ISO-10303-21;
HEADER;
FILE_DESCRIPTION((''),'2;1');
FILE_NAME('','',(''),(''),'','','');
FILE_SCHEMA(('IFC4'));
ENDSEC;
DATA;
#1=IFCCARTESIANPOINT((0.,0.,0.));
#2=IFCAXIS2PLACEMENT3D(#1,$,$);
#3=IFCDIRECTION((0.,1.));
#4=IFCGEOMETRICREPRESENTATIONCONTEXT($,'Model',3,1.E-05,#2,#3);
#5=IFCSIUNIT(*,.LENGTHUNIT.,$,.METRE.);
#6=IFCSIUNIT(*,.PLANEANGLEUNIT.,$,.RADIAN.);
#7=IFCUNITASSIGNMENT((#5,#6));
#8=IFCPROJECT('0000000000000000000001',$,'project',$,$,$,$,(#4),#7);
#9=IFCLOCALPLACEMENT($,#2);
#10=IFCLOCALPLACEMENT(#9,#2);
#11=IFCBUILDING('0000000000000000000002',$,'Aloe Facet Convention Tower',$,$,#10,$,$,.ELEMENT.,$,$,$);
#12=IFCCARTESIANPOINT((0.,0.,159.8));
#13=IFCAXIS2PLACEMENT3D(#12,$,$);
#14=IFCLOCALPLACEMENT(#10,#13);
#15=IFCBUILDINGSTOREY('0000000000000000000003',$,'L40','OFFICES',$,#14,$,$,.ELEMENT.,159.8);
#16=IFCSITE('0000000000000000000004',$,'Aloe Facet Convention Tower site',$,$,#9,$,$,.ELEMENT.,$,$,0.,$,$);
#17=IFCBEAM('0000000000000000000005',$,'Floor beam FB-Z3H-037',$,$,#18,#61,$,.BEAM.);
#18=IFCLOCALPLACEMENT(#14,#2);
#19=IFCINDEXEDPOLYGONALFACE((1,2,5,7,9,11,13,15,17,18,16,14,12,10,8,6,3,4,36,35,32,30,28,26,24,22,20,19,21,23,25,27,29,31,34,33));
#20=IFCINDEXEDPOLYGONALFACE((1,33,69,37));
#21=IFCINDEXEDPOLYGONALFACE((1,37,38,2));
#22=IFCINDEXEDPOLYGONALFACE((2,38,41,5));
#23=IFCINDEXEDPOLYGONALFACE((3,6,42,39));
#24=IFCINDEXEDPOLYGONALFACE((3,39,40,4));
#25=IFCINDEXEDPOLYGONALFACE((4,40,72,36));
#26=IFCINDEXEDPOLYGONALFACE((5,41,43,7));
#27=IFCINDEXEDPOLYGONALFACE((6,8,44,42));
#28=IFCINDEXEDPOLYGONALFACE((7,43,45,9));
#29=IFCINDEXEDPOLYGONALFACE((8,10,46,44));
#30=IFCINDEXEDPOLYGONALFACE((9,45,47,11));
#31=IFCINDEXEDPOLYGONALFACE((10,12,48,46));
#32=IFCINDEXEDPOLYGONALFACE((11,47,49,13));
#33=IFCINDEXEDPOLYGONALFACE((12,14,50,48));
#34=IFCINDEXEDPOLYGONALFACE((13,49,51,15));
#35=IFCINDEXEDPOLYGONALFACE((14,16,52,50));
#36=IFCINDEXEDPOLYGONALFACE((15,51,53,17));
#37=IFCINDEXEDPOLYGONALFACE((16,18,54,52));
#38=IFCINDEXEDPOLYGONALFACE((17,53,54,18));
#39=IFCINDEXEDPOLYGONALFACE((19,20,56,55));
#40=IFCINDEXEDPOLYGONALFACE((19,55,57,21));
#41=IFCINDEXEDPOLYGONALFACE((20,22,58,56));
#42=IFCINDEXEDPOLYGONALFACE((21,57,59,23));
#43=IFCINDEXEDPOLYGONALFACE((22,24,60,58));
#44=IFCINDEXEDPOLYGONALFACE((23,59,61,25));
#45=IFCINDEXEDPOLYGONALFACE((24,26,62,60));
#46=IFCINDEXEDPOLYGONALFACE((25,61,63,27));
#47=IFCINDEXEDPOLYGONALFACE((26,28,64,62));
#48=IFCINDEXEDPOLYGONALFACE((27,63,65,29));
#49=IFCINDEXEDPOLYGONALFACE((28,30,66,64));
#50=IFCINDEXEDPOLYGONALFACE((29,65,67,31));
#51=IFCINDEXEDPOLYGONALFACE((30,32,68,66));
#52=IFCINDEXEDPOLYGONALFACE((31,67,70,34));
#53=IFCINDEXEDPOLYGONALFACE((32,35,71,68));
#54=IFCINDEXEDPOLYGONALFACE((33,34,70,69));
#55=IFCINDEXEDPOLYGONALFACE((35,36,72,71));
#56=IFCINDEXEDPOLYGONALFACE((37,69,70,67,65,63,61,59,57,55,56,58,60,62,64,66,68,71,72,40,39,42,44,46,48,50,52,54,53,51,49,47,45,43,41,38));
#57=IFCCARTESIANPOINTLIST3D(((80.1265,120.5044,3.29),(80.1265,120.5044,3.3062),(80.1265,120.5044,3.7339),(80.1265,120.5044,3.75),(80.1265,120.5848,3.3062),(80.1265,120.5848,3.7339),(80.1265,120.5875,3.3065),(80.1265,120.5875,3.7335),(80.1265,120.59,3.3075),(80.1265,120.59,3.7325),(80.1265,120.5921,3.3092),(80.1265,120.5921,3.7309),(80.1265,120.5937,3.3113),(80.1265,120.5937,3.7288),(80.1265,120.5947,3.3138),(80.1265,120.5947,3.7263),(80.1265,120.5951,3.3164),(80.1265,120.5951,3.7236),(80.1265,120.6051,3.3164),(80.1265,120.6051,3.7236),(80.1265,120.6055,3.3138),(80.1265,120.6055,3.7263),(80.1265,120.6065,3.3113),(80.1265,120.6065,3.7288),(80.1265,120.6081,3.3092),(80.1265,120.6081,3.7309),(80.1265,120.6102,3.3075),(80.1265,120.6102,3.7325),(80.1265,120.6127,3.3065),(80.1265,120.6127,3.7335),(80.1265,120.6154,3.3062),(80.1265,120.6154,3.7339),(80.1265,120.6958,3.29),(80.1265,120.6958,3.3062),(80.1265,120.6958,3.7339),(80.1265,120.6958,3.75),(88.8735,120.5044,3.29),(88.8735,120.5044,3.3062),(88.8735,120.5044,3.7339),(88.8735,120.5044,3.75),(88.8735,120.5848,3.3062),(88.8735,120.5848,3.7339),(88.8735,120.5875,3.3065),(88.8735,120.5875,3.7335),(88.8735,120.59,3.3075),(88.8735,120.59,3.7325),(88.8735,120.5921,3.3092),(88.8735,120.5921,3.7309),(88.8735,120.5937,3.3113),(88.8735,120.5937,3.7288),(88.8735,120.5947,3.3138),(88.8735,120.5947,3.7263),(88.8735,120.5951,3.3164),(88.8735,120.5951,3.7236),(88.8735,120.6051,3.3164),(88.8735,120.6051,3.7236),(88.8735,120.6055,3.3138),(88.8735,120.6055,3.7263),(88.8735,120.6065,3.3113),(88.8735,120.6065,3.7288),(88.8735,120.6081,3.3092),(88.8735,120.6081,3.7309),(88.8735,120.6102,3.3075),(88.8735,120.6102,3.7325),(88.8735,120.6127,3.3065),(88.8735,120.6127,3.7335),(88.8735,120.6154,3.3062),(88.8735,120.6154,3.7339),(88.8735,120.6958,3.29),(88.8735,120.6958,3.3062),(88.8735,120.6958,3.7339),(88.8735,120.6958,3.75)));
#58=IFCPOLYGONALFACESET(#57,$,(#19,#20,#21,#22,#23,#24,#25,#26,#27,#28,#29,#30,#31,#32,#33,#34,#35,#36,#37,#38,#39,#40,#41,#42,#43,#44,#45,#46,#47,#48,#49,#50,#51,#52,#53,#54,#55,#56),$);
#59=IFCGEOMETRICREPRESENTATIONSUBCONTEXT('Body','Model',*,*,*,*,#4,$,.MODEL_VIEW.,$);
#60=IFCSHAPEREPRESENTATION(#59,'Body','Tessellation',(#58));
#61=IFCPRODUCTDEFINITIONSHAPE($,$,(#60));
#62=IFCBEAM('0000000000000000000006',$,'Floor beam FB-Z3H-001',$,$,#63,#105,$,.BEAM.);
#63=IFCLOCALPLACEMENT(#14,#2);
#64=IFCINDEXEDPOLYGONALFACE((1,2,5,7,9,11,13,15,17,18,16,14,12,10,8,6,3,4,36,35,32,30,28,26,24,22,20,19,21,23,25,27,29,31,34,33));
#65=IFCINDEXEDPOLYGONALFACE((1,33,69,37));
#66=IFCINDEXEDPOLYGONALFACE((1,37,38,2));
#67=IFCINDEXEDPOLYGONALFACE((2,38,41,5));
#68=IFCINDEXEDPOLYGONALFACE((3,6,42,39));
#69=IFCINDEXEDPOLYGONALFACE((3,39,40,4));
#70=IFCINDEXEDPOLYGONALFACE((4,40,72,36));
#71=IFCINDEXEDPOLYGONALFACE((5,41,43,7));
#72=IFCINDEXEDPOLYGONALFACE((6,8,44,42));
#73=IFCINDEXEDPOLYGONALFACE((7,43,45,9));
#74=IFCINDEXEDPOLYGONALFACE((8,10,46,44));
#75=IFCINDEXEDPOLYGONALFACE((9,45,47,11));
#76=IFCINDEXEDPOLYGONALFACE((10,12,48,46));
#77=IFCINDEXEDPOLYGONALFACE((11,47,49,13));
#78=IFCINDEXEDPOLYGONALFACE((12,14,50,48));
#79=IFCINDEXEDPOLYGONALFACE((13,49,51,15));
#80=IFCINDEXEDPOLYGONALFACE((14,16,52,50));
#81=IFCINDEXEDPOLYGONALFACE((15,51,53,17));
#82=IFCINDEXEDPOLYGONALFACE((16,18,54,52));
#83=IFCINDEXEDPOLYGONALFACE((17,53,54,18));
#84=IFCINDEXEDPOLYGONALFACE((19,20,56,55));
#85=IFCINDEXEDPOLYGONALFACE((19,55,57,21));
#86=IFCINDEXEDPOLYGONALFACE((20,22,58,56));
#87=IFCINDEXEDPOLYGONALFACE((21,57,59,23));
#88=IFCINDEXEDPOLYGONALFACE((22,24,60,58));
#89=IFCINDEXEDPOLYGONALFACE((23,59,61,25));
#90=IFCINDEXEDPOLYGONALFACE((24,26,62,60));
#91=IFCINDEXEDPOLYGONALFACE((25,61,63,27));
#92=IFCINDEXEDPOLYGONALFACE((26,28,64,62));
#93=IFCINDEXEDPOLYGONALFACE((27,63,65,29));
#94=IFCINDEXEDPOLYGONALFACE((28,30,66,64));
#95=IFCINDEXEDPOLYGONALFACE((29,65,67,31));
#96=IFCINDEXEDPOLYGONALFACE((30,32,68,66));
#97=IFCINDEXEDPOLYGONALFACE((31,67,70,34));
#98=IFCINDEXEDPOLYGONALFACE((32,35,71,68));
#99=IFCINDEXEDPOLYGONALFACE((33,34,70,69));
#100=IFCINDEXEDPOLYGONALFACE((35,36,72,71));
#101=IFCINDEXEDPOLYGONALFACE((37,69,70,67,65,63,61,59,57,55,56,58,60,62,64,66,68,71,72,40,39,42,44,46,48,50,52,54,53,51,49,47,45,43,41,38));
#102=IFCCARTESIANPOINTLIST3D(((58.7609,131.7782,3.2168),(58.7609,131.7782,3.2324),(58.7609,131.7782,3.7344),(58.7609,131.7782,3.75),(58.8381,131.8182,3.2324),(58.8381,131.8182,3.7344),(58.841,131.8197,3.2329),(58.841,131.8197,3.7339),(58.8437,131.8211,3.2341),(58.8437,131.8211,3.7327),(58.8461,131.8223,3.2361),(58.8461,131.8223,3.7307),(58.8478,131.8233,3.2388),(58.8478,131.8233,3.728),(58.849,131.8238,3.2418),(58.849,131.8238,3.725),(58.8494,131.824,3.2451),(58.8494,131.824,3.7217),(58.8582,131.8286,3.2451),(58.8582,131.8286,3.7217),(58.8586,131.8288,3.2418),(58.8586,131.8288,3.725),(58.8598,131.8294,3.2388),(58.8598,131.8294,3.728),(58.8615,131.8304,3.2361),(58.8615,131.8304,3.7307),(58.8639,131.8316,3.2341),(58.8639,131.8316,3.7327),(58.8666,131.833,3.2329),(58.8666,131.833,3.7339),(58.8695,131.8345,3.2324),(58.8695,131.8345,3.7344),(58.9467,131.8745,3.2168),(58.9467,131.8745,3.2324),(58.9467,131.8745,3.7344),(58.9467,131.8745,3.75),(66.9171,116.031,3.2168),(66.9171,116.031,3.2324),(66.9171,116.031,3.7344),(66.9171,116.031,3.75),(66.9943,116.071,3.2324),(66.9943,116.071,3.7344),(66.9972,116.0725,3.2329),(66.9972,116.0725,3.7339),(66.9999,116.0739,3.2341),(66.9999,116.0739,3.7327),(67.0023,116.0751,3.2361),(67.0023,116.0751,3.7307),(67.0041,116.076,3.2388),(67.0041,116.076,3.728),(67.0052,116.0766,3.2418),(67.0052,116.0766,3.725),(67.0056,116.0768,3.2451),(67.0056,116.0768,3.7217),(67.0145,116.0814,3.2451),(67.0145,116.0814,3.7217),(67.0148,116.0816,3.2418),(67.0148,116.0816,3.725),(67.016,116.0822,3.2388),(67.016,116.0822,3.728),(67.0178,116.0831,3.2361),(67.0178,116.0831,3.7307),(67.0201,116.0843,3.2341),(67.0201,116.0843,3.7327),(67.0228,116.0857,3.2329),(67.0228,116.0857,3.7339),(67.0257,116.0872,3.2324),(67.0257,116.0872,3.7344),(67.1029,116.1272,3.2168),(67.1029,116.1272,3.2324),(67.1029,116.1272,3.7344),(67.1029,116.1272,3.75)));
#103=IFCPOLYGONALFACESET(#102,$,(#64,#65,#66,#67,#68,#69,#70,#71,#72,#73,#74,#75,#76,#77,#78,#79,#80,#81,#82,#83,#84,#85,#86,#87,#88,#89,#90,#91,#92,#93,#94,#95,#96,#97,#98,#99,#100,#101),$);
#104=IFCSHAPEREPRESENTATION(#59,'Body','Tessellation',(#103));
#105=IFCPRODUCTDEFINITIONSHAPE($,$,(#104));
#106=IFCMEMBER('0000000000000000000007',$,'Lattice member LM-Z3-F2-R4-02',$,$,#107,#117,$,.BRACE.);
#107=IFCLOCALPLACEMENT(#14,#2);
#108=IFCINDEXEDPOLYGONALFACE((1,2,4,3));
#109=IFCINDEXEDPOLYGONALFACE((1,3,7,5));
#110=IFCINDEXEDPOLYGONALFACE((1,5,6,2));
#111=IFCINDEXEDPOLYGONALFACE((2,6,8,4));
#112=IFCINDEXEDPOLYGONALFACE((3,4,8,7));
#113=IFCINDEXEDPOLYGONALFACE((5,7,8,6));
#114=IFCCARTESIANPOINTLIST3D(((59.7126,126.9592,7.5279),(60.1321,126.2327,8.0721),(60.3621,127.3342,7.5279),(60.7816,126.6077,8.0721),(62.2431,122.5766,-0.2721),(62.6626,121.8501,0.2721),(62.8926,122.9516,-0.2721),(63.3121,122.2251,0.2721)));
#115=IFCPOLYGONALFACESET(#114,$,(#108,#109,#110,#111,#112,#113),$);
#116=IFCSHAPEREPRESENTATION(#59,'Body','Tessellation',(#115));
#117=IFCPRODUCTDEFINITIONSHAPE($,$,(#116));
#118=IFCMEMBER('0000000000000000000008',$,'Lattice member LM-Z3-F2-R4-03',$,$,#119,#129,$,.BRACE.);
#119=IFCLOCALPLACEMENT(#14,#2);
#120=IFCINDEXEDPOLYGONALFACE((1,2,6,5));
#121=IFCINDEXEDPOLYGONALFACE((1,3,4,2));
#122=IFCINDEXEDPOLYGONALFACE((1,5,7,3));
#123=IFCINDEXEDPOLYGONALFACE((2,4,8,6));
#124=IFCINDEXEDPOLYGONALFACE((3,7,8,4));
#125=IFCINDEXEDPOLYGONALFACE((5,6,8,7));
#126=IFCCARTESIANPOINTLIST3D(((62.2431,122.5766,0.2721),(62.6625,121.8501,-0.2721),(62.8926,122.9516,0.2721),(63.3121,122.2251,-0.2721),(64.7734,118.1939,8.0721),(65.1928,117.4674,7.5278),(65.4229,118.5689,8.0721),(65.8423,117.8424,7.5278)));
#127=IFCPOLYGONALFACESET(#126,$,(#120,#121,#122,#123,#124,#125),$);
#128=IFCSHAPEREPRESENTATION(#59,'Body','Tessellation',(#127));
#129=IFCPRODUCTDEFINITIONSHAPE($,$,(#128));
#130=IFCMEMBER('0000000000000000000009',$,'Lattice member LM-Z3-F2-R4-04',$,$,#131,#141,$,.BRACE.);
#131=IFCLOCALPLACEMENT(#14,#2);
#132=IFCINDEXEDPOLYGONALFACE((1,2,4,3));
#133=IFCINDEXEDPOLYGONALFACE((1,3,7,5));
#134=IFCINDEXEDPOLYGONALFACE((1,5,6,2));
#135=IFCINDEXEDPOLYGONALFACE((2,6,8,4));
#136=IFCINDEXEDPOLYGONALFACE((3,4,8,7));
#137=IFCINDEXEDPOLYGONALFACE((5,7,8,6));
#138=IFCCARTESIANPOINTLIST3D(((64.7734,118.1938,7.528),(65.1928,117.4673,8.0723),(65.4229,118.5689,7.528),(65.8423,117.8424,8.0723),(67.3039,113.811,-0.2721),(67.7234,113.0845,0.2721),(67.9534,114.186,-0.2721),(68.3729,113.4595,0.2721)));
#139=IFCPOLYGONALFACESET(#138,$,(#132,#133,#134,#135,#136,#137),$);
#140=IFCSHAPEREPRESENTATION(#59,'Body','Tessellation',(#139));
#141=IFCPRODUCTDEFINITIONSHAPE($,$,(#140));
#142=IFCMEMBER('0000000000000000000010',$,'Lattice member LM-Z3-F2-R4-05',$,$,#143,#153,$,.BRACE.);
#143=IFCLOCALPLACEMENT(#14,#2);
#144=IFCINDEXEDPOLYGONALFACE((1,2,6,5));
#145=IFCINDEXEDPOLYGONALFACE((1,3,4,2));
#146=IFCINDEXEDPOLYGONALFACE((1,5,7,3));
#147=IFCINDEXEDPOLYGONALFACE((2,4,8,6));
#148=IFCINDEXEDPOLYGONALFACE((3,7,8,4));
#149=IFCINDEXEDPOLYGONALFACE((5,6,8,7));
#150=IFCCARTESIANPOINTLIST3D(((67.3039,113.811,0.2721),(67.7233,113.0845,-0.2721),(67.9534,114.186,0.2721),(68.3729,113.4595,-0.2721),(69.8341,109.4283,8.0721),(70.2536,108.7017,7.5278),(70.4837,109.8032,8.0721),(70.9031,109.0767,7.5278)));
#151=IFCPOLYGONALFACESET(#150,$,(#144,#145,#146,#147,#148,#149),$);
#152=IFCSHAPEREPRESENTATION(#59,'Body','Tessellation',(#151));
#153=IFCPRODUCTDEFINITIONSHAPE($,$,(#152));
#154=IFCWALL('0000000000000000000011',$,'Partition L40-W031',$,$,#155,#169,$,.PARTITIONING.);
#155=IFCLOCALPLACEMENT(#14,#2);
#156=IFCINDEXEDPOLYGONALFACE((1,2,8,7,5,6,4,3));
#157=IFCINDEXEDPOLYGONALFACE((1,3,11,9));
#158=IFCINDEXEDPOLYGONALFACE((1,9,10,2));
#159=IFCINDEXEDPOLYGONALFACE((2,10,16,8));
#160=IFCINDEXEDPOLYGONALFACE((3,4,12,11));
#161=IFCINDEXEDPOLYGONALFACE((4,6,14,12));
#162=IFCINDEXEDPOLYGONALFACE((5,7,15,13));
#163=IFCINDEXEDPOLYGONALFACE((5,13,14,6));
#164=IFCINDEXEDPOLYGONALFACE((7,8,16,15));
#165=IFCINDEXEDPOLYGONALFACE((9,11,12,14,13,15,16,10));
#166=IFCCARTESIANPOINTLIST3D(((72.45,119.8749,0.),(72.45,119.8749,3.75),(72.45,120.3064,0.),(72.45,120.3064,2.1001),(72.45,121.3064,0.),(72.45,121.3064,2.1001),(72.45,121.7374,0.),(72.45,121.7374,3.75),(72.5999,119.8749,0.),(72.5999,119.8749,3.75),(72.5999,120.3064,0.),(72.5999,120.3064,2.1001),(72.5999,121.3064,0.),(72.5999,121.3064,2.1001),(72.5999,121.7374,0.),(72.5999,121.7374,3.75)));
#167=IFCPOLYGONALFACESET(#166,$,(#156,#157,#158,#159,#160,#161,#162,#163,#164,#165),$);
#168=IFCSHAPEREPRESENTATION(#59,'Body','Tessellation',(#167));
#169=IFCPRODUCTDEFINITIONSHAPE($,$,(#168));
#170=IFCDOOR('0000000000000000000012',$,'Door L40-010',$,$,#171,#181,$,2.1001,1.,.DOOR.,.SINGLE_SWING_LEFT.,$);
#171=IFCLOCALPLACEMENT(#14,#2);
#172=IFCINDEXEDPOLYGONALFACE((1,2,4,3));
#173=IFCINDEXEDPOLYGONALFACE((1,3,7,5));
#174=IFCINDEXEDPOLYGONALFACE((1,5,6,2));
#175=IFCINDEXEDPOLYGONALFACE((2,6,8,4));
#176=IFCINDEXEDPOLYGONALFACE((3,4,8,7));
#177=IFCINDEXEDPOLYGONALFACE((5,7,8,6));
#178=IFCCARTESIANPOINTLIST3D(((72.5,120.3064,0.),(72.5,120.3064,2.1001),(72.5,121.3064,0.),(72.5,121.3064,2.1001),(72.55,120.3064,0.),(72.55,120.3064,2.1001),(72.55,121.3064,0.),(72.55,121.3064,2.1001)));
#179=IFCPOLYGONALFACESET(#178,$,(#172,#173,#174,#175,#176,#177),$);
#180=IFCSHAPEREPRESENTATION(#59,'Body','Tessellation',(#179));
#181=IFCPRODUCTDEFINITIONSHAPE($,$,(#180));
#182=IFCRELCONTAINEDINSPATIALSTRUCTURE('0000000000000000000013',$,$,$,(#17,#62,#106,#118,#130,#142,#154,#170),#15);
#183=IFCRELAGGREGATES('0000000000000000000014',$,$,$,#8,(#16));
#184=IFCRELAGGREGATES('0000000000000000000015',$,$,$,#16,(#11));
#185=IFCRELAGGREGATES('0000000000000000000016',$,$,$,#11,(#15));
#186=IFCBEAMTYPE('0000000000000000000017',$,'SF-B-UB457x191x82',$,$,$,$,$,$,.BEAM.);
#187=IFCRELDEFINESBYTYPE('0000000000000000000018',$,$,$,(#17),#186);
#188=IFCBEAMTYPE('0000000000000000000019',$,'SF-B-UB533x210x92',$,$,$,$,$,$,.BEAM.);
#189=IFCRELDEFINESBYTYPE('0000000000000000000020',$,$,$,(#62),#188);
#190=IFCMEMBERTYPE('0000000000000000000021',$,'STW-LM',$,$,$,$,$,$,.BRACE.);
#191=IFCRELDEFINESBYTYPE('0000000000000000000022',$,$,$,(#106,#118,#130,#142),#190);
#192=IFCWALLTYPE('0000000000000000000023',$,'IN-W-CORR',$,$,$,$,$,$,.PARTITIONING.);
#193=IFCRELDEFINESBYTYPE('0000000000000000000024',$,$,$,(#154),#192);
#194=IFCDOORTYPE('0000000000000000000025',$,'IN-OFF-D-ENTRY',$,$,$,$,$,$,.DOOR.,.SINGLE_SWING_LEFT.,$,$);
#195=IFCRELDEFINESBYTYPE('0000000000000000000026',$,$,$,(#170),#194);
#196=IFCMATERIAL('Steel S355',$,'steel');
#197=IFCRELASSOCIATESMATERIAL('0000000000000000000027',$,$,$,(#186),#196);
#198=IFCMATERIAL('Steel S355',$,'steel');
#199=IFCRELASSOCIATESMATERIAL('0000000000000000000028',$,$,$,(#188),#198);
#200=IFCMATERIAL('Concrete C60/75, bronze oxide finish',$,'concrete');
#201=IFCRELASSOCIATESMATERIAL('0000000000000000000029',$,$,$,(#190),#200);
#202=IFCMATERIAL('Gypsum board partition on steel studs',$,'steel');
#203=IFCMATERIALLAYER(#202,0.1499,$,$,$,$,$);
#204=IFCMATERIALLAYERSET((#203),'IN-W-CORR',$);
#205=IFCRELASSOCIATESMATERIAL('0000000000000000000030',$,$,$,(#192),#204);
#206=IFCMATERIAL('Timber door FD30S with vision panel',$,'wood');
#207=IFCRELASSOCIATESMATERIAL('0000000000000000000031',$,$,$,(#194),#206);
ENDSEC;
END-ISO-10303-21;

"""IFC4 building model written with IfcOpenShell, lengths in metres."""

from ifc_helpers import new_model, si_unit, direction, frame, frame_2d, origin, origin_2d, place, context, subcontext, project, spatial, rectangle, i_section, extrude, material, layer, layer_set, material_profile, profile_set, type_object, element, fill, save


model = new_model("IFC4")

# Units and contexts
model_context = context("Model", 3, precision=1e-05, world=origin(), true_north=direction((0.0, 1.0)))
body_context = subcontext(model_context, "Body", "Model", "MODEL_VIEW")
ifc_project = project(units=[si_unit("LENGTHUNIT", "METRE"), si_unit("PLANEANGLEUNIT", "RADIAN")], contexts=[model_context])

# Site, building, storey
site_placement = place(None, origin())
site = spatial("IfcSite", under=ifc_project, at=site_placement, Name="Aloe Facet Convention Tower site", CompositionType="ELEMENT", RefElevation=0.0)
building_placement = place(site_placement, origin())
building = spatial("IfcBuilding", under=site, at=building_placement, Name="Aloe Facet Convention Tower", CompositionType="ELEMENT")
storey_placement = place(building_placement, frame((0.0, 0.0, 159.8)))
storey = spatial("IfcBuildingStorey", under=building, at=storey_placement, Name="L40", Description="OFFICES", CompositionType="ELEMENT", Elevation=159.8)

# Beams
ifc_material_1 = material(Name="Steel S355", Category="steel")
ifc_material_profile_1 = material_profile(ifc_material_1, i_section(OverallWidth=0.1914, OverallDepth=0.46, WebThickness=0.01, FlangeThickness=0.0161, FilletRadius=0.0103, at=origin_2d()), Name="UB 457x191x82")
ifc_profile_set_1 = profile_set([ifc_material_profile_1], Name="Steel S355")
beam_type_1 = type_object("IfcBeamType", Name="SF-B-UB457x191x82", PredefinedType="BEAM", material=ifc_profile_set_1)
for number, where, z_axis, x_axis, name in (
    (1, (80.1265, 120.6001, 3.52), (1.0, 0.0, 0.0), (0.0, 1.0, 0.0), "Floor beam FB-Z3H-037"),
):
    element("IfcBeam", number, at=place(storey_placement, frame(where, z_axis=z_axis, x_axis=x_axis)), inside=storey, type_object=beam_type_1, Name=name, PredefinedType="BEAM", context=body_context, shape_type="SweptSolid", body=[
        extrude(i_section(OverallWidth=0.1914, OverallDepth=0.46, WebThickness=0.01, FlangeThickness=0.0161, FilletRadius=0.0103, at=origin_2d()), origin(), (0.0, 0.0, 1.0), 8.7471),
    ])
ifc_material_2 = material(Name="Steel S355", Category="steel")
ifc_material_profile_2 = material_profile(ifc_material_2, i_section(OverallWidth=0.2092, OverallDepth=0.5332, WebThickness=0.01, FlangeThickness=0.0156, FilletRadius=0.0127, at=origin_2d()), Name="UB 533x210x92")
ifc_profile_set_2 = profile_set([ifc_material_profile_2], Name="Steel S355")
beam_type_2 = type_object("IfcBeamType", Name="SF-B-UB533x210x92", PredefinedType="BEAM", material=ifc_profile_set_2)
beam_1_placement = place(storey_placement, frame((67.01, 116.0791, 3.4834), z_axis=(-0.459916, 0.887962, 0.0), x_axis=(-0.887962, -0.459916, 0.0)))
element("IfcBeam", 2, at=beam_1_placement, inside=storey, type_object=beam_type_2, Name="Floor beam FB-Z3H-001", PredefinedType="BEAM", context=body_context, shape_type="SweptSolid", body=[
    extrude(i_section(OverallWidth=0.2092, OverallDepth=0.5332, WebThickness=0.01, FlangeThickness=0.0156, FilletRadius=0.0127, at=origin_2d()), origin(), (0.0, 0.0, 1.0), 17.7341),
])

# Members
ifc_material_3 = material(Name="Concrete C60/75, bronze oxide finish", Category="concrete")
ifc_material_profile_3 = material_profile(ifc_material_3, rectangle(XDim=0.75, YDim=1.0, at=origin_2d()), Name="STW-LM")
ifc_profile_set_3 = profile_set([ifc_material_profile_3], Name="Concrete C60/75, bronze oxide finish")
member_type = type_object("IfcMemberType", Name="STW-LM", PredefinedType="BRACE", material=ifc_profile_set_3)
for number, where, z_axis, x_axis, name in (
    (3, (62.7776, 122.4009, 0.0), (-0.27216, 0.47135, 0.838903), (-0.866005, -0.500036, 0.0), "Lattice member LM-Z3-F2-R4-02"),
    (4, (62.7776, 122.4009, 0.0), (0.272132, -0.471373, 0.838899), (0.866038, 0.499979, 0.0), "Lattice member LM-Z3-F2-R4-03"),
):
    element("IfcMember", number, at=place(storey_placement, frame(where, z_axis=z_axis, x_axis=x_axis)), inside=storey, type_object=member_type, Name=name, PredefinedType="BRACE", context=body_context, shape_type="SweptSolid", body=[
        extrude(rectangle(XDim=0.75, YDim=1.0, at=origin_2d()), origin(), (0.0, 0.0, 1.0), 9.2979),
    ])
member_1_placement = place(storey_placement, frame((67.8384, 113.6353, 0.0), z_axis=(-0.272156, 0.47137, 0.838893), x_axis=(-0.866017, -0.500015, 0.0)))
element("IfcMember", 5, at=member_1_placement, inside=storey, type_object=member_type, Name="Lattice member LM-Z3-F2-R4-04", PredefinedType="BRACE", context=body_context, shape_type="SweptSolid", body=[
    extrude(rectangle(XDim=0.75, YDim=1.0, at=origin_2d()), origin(), (0.0, 0.0, 1.0), 9.2981),
])
member_2_placement = place(storey_placement, frame((67.8384, 113.6353, 0.0), z_axis=(0.272132, -0.471373, 0.838899), x_axis=(0.866038, 0.499979, 0.0)))
element("IfcMember", 6, at=member_2_placement, inside=storey, type_object=member_type, Name="Lattice member LM-Z3-F2-R4-05", PredefinedType="BRACE", context=body_context, shape_type="SweptSolid", body=[
    extrude(rectangle(XDim=0.75, YDim=1.0, at=origin_2d()), origin(), (0.0, 0.0, 1.0), 9.2979),
])

# Wall, opening, door
ifc_material_4 = material(Name="Gypsum board partition on steel studs", Category="steel")
ifc_layer_1 = layer(ifc_material_4, 0.1499)
ifc_layer_set_1 = layer_set([ifc_layer_1], Name="IN-W-CORR")
wall_type_1 = type_object("IfcWallType", Name="IN-W-CORR", PredefinedType="PARTITIONING", material=ifc_layer_set_1)
wall_1_placement = place(storey_placement, frame((72.5249, 119.875, 0.0), z_axis=(0.0, 0.0, 1.0), x_axis=(0.0, 1.0, 0.0)))
wall_1 = element("IfcWall", 7, at=wall_1_placement, inside=storey, type_object=wall_type_1, Name="Partition L40-W031", PredefinedType="PARTITIONING", context=body_context, shape_type="SweptSolid", body=[
    extrude(rectangle(XDim=1.8625, YDim=0.1499, at=frame_2d((0.9312, 0.0))), origin(), (0.0, 0.0, 1.0), 3.75),
])
opening_1_placement = place(wall_1_placement, frame((0.4314, 0.0, 0.0)))
opening_1 = element("IfcOpeningElement", 8, at=opening_1_placement, cuts=wall_1, PredefinedType="OPENING", context=body_context, shape_type="SweptSolid", body=[
    extrude(rectangle(XDim=1.0, YDim=2.1001, at=frame_2d((0.5, 1.05))), frame((0.0, 0.085, 0.0), z_axis=(0.0, -1.0, 0.0), x_axis=(1.0, 0.0, 0.0)), (0.0, 0.0, 1.0), 0.1699),
])
ifc_material_5 = material(Name="Timber door FD30S with vision panel", Category="wood")
door_type_1 = type_object("IfcDoorType", Name="IN-OFF-D-ENTRY", OperationType="SINGLE_SWING_LEFT", PredefinedType="DOOR", material=ifc_material_5)
door_1_placement = place(opening_1_placement, origin())
door_1 = element("IfcDoor", 9, at=door_1_placement, inside=storey, type_object=door_type_1, Name="Door L40-010", OperationType="SINGLE_SWING_LEFT", OverallHeight=2.1001, OverallWidth=1.0, PredefinedType="DOOR", context=body_context, shape_type="SweptSolid", body=[
    extrude(rectangle(XDim=1.0, YDim=2.1001, at=frame_2d((0.5, 1.05))), frame((0.0, 0.0249, 0.0), z_axis=(0.0, -1.0, 0.0), x_axis=(1.0, 0.0, 0.0)), (0.0, 0.0, 1.0), 0.05),
])
fill(opening_1, door_1)

save(model, "model.ifc")
